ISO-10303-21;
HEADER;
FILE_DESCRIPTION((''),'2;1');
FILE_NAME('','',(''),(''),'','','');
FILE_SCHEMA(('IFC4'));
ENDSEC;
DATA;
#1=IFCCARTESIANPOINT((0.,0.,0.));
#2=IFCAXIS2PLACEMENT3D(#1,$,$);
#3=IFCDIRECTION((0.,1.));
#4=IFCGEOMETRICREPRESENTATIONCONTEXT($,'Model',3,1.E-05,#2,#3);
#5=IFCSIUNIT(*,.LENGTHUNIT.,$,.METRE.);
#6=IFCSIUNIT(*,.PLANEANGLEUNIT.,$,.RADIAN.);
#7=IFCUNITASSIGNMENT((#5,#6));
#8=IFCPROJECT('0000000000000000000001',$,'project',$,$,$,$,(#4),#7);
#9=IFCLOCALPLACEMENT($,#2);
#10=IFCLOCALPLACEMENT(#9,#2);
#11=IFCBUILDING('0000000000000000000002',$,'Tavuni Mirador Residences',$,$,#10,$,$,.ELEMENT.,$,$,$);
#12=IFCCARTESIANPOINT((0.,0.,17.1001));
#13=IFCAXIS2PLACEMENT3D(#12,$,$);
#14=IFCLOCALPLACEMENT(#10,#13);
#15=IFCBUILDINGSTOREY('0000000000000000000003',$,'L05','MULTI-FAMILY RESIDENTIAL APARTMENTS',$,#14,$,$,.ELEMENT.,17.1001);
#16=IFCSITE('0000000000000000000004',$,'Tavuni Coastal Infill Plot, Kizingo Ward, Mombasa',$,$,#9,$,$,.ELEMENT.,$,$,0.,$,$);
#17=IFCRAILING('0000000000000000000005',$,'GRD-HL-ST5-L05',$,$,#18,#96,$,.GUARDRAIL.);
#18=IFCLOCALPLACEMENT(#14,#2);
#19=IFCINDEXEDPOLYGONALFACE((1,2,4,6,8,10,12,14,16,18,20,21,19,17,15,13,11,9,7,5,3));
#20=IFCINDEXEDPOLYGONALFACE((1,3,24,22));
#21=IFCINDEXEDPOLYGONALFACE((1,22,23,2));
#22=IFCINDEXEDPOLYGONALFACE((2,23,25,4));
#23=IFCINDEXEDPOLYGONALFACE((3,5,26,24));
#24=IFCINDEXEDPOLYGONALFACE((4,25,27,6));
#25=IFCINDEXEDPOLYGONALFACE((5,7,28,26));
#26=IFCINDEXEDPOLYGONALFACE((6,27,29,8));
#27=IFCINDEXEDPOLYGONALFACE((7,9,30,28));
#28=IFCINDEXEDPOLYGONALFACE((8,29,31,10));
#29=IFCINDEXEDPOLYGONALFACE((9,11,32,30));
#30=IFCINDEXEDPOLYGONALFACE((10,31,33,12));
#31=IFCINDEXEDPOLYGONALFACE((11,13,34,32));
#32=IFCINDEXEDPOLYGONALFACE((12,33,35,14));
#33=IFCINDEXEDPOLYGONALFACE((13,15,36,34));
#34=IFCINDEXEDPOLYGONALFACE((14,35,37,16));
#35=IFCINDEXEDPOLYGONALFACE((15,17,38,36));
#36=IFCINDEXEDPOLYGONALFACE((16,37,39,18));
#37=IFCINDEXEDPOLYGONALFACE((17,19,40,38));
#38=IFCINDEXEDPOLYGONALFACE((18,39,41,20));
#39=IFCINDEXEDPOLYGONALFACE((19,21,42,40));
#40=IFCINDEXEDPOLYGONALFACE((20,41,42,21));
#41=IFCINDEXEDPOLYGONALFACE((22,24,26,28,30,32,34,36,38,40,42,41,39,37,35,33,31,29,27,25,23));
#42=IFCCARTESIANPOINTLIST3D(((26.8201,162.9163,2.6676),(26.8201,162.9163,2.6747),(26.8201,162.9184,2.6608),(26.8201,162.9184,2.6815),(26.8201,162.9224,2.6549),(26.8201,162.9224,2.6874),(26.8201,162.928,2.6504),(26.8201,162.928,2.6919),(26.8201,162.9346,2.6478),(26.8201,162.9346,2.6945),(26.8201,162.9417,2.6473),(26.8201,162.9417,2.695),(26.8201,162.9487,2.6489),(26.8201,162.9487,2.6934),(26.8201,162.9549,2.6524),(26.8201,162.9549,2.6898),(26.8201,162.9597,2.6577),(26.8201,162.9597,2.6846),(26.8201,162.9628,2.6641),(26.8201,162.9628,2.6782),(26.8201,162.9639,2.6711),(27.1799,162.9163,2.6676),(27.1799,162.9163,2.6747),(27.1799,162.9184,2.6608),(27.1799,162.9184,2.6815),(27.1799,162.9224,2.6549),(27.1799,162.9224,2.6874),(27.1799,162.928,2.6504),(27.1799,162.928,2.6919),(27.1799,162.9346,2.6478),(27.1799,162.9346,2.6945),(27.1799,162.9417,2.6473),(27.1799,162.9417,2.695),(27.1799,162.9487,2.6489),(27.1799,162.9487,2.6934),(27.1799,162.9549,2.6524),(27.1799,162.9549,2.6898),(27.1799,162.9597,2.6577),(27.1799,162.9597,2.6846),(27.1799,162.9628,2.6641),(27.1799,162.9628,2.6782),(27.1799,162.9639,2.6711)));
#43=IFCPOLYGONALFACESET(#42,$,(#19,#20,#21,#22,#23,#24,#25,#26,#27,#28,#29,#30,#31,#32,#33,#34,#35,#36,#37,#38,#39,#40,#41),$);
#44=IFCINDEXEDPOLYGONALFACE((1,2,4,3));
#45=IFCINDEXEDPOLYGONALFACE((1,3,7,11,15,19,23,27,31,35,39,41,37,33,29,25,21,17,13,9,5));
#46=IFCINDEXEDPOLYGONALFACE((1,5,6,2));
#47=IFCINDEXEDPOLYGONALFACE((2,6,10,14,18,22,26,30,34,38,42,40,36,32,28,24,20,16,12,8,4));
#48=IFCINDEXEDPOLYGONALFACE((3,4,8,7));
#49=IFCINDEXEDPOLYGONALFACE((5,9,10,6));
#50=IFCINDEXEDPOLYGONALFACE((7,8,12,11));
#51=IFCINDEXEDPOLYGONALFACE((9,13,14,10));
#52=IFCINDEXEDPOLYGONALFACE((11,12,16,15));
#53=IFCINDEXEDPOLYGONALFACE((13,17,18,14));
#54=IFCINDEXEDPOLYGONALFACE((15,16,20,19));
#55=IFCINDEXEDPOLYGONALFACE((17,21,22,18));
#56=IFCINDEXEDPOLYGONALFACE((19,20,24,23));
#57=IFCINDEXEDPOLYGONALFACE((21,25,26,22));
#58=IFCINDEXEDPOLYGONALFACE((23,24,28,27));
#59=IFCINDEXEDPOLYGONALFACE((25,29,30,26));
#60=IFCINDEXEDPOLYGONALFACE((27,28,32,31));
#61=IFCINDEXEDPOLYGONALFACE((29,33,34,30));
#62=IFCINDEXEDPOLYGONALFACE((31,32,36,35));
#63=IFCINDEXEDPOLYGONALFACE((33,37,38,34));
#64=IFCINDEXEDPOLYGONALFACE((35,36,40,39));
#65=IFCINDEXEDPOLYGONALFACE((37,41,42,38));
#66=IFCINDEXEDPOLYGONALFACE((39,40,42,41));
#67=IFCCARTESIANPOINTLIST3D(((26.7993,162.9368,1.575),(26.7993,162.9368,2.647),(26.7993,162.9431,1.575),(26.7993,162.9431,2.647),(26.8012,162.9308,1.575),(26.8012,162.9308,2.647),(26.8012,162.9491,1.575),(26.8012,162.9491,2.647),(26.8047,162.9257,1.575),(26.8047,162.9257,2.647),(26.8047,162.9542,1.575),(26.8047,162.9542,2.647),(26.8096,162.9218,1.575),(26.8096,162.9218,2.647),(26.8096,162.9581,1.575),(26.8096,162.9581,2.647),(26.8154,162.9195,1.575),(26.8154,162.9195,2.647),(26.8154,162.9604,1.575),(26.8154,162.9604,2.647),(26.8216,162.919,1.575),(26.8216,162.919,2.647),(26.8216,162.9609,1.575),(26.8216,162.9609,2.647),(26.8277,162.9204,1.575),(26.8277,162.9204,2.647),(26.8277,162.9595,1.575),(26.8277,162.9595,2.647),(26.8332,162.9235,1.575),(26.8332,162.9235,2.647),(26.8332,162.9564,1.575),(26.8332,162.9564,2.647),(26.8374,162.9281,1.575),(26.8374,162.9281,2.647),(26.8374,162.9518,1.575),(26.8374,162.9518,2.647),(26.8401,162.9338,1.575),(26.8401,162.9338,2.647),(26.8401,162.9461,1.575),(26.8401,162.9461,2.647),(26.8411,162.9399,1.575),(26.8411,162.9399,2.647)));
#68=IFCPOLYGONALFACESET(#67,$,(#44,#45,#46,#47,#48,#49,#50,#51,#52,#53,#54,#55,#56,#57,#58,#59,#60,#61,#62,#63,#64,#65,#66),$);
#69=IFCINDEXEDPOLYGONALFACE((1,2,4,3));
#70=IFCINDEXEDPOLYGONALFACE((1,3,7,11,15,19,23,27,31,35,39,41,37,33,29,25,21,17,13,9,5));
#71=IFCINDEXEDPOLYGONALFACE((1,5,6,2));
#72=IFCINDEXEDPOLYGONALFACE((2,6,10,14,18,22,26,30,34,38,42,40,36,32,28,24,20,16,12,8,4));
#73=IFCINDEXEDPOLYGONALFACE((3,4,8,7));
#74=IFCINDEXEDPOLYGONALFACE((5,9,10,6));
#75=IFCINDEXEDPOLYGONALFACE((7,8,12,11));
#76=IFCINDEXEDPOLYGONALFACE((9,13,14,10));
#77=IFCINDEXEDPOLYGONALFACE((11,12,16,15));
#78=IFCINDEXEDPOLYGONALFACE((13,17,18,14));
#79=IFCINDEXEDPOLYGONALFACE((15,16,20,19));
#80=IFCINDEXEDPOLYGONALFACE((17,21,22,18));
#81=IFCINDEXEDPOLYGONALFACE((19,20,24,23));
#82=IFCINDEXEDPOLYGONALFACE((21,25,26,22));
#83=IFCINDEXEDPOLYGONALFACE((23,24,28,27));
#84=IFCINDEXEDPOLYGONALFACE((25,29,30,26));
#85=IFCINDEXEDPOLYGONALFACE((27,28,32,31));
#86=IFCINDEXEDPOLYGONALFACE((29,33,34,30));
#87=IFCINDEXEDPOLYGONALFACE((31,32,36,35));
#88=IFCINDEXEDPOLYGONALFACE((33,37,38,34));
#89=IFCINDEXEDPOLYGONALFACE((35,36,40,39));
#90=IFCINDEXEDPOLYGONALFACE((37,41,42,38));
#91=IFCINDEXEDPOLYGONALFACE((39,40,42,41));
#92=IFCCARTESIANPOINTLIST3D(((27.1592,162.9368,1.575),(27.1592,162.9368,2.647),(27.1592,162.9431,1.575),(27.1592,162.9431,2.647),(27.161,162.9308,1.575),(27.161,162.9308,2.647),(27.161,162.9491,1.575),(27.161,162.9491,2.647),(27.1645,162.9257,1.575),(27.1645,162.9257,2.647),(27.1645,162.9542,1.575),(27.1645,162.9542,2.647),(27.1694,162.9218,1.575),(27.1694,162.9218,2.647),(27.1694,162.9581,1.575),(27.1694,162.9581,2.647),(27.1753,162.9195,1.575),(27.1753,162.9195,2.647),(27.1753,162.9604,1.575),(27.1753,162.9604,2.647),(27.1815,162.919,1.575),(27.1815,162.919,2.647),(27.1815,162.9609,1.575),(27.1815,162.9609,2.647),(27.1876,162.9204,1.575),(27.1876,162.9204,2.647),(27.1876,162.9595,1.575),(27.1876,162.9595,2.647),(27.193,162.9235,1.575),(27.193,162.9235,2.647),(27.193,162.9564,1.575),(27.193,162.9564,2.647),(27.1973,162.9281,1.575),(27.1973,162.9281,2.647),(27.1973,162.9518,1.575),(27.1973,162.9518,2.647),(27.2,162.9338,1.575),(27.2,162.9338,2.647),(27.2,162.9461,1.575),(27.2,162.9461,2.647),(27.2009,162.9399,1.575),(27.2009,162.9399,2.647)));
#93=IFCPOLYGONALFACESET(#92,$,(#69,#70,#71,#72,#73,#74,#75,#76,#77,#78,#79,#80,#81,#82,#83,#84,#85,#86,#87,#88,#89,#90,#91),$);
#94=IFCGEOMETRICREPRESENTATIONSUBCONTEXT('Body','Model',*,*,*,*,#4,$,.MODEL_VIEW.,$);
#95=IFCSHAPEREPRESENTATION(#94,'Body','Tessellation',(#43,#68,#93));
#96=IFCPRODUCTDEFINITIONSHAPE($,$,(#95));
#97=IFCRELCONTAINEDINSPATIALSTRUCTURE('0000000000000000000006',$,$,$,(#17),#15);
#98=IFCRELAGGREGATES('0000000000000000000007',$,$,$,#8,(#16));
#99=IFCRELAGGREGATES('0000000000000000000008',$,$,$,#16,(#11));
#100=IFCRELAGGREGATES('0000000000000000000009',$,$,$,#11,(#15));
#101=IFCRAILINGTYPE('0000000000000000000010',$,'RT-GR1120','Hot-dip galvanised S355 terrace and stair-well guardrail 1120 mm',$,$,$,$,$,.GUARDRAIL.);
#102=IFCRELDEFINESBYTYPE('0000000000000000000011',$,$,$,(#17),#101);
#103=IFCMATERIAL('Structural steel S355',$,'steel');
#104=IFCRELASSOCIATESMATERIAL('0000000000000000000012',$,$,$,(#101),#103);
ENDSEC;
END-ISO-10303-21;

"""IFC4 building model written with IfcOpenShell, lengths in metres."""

from ifc_helpers import new_model, si_unit, direction, frame, origin, origin_2d, place, context, subcontext, project, spatial, circle, extrude, material, type_object, element, save


model = new_model("IFC4")

# Units and contexts
model_context = context("Model", 3, precision=1e-05, world=origin(), true_north=direction((0.0, 1.0)))
body_context = subcontext(model_context, "Body", "Model", "MODEL_VIEW")
ifc_project = project(units=[si_unit("LENGTHUNIT", "METRE"), si_unit("PLANEANGLEUNIT", "RADIAN")], contexts=[model_context])

# Site, building, storey
site_placement = place(None, origin())
site = spatial("IfcSite", under=ifc_project, at=site_placement, Name="Tavuni Coastal Infill Plot, Kizingo Ward, Mombasa", CompositionType="ELEMENT", RefElevation=0.0)
building_placement = place(site_placement, origin())
building = spatial("IfcBuilding", under=site, at=building_placement, Name="Tavuni Mirador Residences", CompositionType="ELEMENT")
storey_placement = place(building_placement, frame((0.0, 0.0, 17.1001)))
storey = spatial("IfcBuildingStorey", under=building, at=storey_placement, Name="L05", Description="MULTI-FAMILY RESIDENTIAL APARTMENTS", CompositionType="ELEMENT", Elevation=17.1001)

# Shared definitions
ifc_material_1 = material(Name="Structural steel S355", Category="steel")

# Railing
railing_type_1 = type_object("IfcRailingType", Name="RT-GR1120", Description="Hot-dip galvanised S355 terrace and stair-well guardrail 1120 mm", PredefinedType="GUARDRAIL", material=ifc_material_1)
railing_1_placement = place(storey_placement, frame((26.8201, 162.9399, 1.575)))
element("IfcRailing", 1, at=railing_1_placement, inside=storey, type_object=railing_type_1, Name="GRD-HL-ST5-L05", PredefinedType="GUARDRAIL", context=body_context, shape_type="SweptSolid", body=[
    extrude(circle(Radius=0.0239, at=origin_2d()), frame((0.0, 0.0, 1.0962), z_axis=(1.0, 0.0, 0.0), x_axis=(0.0, 1.0, 0.0)), (0.0, 0.0, 1.0), 0.3599),
    extrude(circle(Radius=0.021, at=origin_2d()), origin(), (0.0, 0.0, 1.0), 1.072),
    extrude(circle(Radius=0.021, at=origin_2d()), frame((0.3599, 0.0, 0.0)), (0.0, 0.0, 1.0), 1.072),
])

save(model, "model.ifc")
